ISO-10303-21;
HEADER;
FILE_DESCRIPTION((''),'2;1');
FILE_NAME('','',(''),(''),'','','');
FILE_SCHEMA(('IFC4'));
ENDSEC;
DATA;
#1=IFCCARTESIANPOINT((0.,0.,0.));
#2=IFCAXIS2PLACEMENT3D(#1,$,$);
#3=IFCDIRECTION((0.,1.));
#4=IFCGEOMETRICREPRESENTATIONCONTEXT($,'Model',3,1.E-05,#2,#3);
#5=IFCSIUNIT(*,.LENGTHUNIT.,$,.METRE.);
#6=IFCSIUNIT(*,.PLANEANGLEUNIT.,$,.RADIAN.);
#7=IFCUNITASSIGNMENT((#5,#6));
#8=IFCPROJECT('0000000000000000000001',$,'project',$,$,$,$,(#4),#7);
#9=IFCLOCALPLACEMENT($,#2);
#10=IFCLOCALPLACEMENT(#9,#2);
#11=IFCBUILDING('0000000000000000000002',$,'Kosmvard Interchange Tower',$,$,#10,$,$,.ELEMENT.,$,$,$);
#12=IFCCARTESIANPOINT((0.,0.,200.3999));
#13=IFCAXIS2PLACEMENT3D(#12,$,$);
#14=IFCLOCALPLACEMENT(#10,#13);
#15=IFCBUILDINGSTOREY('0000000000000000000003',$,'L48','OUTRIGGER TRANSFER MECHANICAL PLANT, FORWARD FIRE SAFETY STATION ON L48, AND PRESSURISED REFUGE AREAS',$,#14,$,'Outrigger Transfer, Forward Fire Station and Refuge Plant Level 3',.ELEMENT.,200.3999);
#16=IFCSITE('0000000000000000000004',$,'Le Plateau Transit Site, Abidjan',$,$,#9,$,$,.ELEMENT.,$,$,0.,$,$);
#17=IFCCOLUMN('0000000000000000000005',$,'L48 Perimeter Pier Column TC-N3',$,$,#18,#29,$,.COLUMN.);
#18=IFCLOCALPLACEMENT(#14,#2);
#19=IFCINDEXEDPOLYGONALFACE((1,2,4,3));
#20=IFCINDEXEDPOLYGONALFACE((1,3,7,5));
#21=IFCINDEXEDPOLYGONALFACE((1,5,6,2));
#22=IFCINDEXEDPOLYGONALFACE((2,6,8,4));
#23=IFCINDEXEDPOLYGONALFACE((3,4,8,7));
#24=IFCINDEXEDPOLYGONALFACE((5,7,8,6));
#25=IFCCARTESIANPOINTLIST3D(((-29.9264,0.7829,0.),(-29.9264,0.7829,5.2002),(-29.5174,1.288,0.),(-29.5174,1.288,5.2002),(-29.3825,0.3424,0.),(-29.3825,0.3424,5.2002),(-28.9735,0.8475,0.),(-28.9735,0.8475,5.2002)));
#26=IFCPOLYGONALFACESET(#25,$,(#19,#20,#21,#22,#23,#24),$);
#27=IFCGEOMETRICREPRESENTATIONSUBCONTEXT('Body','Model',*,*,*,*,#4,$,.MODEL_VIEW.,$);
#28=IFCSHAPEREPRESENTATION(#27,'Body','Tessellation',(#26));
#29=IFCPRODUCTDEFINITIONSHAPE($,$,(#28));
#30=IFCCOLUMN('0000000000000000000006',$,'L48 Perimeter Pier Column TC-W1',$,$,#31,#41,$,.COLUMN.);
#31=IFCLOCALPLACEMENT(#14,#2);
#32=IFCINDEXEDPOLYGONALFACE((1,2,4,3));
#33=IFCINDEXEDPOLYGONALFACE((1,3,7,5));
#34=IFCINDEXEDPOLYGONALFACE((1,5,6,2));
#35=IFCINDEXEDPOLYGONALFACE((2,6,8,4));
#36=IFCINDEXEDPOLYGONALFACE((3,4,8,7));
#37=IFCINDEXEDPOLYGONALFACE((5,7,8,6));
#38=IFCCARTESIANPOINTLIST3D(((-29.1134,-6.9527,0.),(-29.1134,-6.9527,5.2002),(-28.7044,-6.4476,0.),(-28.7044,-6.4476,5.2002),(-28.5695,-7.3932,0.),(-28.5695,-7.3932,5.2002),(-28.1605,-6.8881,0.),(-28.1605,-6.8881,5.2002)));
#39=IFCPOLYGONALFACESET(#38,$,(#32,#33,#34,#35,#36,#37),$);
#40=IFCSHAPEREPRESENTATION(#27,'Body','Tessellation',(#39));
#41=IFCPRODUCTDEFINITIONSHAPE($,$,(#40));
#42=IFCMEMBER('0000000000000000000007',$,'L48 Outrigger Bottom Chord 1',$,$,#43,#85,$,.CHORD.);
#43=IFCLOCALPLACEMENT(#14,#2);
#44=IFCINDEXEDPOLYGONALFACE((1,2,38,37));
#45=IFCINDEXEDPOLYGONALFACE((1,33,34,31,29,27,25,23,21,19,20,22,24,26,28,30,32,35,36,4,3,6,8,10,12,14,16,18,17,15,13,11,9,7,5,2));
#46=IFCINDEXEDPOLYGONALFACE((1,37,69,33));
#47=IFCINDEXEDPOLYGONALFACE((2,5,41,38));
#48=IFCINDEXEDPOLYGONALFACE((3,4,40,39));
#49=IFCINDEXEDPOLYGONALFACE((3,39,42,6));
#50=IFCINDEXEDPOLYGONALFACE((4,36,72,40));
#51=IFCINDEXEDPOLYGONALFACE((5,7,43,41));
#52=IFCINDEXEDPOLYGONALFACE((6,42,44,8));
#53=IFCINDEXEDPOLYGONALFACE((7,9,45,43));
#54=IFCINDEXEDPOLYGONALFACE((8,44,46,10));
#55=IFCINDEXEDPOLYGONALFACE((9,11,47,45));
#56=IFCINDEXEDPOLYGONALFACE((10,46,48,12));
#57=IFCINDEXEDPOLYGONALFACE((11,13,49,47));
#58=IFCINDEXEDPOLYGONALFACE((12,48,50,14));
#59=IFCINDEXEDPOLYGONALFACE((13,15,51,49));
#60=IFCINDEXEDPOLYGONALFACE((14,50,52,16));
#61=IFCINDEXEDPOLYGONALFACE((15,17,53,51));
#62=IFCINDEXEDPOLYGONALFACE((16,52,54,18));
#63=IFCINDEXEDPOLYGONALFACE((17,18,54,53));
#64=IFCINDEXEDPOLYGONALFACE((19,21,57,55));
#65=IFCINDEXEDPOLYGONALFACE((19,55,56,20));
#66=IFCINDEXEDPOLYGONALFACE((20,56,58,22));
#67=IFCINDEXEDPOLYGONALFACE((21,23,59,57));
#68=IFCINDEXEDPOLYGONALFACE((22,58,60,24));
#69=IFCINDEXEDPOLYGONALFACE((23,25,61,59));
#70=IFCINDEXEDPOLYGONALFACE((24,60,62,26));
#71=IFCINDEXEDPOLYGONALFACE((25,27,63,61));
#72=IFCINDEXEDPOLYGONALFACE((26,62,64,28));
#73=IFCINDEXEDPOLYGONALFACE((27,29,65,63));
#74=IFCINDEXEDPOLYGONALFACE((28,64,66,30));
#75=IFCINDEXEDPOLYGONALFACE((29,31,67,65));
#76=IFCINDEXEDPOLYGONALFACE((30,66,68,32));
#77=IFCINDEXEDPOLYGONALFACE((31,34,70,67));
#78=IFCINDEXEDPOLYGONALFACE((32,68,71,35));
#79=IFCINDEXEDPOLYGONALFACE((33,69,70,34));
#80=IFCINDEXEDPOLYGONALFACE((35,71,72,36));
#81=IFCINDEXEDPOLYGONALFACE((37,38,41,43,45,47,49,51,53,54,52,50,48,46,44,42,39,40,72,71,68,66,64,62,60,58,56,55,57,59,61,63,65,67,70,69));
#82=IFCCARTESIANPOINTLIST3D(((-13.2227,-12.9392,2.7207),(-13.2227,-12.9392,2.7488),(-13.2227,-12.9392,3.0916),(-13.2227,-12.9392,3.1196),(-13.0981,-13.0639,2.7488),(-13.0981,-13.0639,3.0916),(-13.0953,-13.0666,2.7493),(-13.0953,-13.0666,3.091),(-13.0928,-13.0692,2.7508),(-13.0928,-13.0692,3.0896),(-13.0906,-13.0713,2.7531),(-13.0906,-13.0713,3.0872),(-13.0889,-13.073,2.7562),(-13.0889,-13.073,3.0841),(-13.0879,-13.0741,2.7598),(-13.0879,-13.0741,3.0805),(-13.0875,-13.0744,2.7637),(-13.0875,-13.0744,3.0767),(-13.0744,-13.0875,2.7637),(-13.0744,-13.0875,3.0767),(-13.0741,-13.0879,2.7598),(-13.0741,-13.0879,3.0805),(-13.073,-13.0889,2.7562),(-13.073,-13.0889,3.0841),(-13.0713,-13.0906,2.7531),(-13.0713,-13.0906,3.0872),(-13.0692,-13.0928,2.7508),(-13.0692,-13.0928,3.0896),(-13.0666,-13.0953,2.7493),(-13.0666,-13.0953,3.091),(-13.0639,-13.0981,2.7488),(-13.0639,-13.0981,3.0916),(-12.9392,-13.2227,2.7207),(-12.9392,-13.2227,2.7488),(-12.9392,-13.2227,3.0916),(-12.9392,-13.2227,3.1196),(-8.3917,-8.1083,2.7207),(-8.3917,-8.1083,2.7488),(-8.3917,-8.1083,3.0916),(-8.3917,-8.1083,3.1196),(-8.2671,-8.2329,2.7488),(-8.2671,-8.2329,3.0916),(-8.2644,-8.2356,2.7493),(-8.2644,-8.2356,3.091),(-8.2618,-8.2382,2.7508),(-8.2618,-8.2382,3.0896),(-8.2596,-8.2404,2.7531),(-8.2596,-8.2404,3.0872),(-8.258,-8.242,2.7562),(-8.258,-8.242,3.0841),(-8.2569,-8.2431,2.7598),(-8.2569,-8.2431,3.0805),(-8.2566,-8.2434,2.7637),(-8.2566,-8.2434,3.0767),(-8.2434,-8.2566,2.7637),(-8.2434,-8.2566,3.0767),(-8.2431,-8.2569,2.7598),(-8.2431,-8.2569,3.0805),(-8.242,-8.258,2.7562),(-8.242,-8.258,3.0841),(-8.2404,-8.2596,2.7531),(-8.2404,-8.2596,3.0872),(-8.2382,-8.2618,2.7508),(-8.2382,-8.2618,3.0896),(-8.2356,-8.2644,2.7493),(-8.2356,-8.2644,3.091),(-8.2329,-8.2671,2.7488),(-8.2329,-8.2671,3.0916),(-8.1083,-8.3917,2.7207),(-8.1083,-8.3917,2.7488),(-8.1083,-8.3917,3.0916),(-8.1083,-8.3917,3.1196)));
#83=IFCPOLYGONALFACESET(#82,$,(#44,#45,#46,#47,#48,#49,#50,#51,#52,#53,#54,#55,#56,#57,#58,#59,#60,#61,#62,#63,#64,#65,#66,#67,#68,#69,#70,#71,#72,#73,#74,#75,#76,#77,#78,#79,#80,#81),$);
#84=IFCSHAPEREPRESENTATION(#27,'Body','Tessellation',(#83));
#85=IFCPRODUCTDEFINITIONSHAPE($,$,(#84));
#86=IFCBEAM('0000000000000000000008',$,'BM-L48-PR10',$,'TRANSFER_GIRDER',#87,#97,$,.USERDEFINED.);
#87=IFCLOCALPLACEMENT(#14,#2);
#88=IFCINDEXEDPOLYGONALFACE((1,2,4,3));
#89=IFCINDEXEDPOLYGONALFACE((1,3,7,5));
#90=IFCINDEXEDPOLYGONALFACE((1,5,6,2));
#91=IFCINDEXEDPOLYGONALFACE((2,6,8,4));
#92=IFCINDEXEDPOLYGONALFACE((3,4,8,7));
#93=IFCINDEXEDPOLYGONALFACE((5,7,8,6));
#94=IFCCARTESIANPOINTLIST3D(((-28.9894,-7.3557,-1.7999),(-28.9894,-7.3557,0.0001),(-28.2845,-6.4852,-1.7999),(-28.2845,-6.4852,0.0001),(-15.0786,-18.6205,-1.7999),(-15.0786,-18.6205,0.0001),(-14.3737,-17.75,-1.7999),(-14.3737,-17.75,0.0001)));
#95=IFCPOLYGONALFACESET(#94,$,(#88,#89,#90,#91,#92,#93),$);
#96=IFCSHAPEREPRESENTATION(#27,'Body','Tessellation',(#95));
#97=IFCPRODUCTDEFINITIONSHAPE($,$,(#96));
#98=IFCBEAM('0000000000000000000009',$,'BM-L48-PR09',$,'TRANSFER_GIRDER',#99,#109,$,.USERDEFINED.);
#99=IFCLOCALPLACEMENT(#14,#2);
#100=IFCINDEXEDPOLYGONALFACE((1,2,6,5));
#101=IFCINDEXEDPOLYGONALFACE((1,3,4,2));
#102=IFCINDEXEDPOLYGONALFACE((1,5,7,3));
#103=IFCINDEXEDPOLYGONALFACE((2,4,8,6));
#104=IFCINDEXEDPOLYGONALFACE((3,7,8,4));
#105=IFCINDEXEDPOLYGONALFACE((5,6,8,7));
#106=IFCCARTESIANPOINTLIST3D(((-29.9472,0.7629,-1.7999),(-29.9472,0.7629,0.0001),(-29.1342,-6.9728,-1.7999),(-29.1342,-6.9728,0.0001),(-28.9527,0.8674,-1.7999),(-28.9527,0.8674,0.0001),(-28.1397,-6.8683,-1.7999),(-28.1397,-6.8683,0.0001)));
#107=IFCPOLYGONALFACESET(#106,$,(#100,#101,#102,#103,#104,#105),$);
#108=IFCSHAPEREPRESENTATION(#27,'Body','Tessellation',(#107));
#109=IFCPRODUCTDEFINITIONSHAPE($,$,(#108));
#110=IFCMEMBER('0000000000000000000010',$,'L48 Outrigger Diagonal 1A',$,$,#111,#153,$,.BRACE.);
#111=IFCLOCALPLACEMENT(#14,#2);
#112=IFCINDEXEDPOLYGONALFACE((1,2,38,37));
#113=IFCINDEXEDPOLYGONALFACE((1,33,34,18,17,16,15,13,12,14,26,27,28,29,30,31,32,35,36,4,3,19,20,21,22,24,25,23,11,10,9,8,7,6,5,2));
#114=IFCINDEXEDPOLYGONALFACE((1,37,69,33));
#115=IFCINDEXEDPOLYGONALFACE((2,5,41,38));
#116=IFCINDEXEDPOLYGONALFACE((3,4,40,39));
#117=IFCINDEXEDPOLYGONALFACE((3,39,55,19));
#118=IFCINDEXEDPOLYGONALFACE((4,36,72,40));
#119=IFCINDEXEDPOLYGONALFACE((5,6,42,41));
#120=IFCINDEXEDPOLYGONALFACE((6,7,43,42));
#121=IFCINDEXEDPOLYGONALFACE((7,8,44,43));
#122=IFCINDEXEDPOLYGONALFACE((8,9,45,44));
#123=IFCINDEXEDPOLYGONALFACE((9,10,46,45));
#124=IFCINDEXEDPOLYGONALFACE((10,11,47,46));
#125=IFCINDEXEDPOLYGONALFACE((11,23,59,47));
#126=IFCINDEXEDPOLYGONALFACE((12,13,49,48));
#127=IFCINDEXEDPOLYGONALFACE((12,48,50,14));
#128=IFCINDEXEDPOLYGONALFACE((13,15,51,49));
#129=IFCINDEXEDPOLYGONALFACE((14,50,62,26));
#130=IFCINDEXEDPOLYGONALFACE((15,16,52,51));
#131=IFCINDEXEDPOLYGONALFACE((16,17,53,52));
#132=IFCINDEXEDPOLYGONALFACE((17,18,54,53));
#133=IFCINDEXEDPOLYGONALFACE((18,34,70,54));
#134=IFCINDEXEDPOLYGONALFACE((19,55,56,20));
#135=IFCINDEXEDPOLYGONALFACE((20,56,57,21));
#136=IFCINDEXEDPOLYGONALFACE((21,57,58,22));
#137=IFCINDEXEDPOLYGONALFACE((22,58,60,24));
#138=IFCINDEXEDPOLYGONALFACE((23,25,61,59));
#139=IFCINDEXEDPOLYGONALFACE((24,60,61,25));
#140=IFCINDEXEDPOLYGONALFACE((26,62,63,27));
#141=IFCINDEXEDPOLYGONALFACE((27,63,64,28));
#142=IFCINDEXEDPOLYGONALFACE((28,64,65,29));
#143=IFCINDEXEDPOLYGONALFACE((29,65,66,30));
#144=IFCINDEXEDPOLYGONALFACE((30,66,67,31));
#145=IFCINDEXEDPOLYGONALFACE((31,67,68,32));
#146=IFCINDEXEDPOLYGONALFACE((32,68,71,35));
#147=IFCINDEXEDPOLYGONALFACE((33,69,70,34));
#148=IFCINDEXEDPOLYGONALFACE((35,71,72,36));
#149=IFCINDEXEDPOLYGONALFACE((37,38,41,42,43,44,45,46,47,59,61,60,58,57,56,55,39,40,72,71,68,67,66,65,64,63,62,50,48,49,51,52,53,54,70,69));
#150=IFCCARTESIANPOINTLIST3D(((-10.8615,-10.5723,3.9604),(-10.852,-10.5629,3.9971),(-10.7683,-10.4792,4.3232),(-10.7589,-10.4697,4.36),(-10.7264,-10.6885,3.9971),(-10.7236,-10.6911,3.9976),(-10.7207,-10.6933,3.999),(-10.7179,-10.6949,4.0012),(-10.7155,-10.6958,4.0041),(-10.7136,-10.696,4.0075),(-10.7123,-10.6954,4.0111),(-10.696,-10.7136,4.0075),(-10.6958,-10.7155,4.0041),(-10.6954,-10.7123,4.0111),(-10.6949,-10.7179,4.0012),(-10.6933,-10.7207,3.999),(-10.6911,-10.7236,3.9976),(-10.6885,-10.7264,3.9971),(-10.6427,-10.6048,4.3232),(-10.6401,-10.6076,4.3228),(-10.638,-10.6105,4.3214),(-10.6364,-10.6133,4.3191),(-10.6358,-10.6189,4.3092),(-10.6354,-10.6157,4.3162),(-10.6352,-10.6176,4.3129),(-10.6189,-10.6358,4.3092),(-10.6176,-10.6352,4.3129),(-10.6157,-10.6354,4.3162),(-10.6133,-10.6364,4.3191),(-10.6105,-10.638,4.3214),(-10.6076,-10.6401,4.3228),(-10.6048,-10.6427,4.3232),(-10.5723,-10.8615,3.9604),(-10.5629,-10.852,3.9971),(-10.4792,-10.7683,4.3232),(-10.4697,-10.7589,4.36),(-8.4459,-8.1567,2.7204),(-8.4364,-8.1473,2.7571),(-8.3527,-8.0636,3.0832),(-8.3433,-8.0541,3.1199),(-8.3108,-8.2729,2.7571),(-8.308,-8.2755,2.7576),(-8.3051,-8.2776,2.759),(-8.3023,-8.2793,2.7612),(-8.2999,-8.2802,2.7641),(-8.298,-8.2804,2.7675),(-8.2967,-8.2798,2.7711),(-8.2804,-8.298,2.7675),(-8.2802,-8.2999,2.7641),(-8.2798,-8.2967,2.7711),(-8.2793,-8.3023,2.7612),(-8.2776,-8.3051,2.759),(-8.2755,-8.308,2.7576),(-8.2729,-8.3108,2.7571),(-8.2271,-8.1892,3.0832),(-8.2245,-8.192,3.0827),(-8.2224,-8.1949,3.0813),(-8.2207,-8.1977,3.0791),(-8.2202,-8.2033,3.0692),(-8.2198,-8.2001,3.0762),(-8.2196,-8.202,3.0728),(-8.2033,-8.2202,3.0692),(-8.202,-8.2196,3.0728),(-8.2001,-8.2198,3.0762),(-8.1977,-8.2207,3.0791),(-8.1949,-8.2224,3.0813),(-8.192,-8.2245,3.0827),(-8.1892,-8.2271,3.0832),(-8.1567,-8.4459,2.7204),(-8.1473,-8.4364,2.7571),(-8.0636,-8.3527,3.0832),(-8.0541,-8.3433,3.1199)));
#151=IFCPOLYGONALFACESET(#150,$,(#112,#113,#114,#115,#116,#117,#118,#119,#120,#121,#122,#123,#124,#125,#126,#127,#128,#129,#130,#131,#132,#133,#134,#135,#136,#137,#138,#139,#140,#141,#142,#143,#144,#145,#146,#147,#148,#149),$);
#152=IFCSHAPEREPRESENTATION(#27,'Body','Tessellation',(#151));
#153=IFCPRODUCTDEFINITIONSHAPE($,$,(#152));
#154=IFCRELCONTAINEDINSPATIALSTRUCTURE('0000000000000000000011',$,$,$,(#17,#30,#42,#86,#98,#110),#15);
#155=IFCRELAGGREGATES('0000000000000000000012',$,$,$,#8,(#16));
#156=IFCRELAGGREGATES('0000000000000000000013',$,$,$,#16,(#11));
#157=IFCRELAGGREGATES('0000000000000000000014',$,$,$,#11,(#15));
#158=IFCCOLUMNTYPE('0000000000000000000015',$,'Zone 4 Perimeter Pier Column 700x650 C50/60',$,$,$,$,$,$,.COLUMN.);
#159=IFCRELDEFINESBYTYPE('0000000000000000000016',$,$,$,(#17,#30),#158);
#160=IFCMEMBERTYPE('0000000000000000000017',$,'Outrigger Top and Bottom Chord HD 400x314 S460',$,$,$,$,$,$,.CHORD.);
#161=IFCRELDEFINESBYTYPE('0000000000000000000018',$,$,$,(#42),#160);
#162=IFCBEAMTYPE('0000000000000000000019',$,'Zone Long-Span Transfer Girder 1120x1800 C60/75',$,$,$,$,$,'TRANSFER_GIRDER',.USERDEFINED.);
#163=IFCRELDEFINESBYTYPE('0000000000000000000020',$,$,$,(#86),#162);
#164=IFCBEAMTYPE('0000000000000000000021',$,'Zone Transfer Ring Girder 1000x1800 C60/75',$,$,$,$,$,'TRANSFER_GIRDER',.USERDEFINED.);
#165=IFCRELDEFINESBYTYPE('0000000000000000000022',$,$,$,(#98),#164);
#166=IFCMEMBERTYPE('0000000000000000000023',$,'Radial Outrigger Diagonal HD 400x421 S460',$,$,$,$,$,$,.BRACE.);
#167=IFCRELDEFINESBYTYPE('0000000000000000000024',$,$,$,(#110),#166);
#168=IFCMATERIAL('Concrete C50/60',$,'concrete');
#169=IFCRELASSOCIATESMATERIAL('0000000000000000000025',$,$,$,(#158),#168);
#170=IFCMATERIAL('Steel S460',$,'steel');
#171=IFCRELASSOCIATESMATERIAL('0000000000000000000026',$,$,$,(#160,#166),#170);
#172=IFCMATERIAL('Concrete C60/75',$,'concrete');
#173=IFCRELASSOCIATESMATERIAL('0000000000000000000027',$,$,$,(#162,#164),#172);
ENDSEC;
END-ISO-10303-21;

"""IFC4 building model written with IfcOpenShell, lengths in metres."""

from ifc_helpers import new_model, si_unit, direction, frame, origin, origin_2d, place, context, subcontext, project, spatial, rectangle, i_section, extrude, source, transform, mapped, material, material_profile, profile_set, type_object, element, save


model = new_model("IFC4")

# Units and contexts
model_context = context("Model", 3, precision=1e-05, world=origin(), true_north=direction((0.0, 1.0)))
body_context = subcontext(model_context, "Body", "Model", "MODEL_VIEW")
ifc_project = project(units=[si_unit("LENGTHUNIT", "METRE"), si_unit("PLANEANGLEUNIT", "RADIAN")], contexts=[model_context])

# Site, building, storey
site_placement = place(None, origin())
site = spatial("IfcSite", under=ifc_project, at=site_placement, Name="Le Plateau Transit Site, Abidjan", CompositionType="ELEMENT", RefElevation=0.0)
building_placement = place(site_placement, origin())
building = spatial("IfcBuilding", under=site, at=building_placement, Name="Kosmvard Interchange Tower", CompositionType="ELEMENT")
storey_placement = place(building_placement, frame((0.0, 0.0, 200.3999)))
storey = spatial("IfcBuildingStorey", under=building, at=storey_placement, Name="L48", Description="OUTRIGGER TRANSFER MECHANICAL PLANT, FORWARD FIRE SAFETY STATION ON L48, AND PRESSURISED REFUGE AREAS", LongName="Outrigger Transfer, Forward Fire Station and Refuge Plant Level 3", CompositionType="ELEMENT", Elevation=200.3999)

# Columns
ifc_material_1 = material(Name="Concrete C50/60", Category="concrete")
ifc_material_profile_1 = material_profile(ifc_material_1, rectangle(XDim=0.6499, YDim=0.7, at=origin_2d()), Name="TC 700x650")
ifc_profile_set_1 = profile_set([ifc_material_profile_1], Name="Concrete C50/60")
column_type = type_object("IfcColumnType", Name="Zone 4 Perimeter Pier Column 700x650 C50/60", PredefinedType="COLUMN", material=ifc_profile_set_1)
shared_shape_1 = source(origin(), body_context, "Body", "SweptSolid", [
    extrude(rectangle(XDim=0.6499, YDim=0.7, at=origin_2d()), origin(), (0.0, 0.0, 1.0), 5.2002),
])
for number, where, z_axis, x_axis, name in (
    (1, (-29.45, 0.8152, 0.0), (0.0, 0.0, 1.0), (0.62932, 0.777146, 0.0), "L48 Perimeter Pier Column TC-N3"),
    (2, (-28.637, -6.9204, 0.0), (0.0, 0.0, 1.0), (0.62932, 0.777146, 0.0), "L48 Perimeter Pier Column TC-W1"),
):
    element("IfcColumn", number, at=place(storey_placement, frame(where, z_axis=z_axis, x_axis=x_axis)), inside=storey, type_object=column_type, Name=name, PredefinedType="COLUMN", context=body_context, shape_type="MappedRepresentation", body=[
        mapped(shared_shape_1, transform((0.0, 0.0, 0.0), scale=1.0)),
    ])

# Member
ifc_material_2 = material(Name="Steel S460", Category="steel")
ifc_material_profile_2 = material_profile(ifc_material_2, i_section(OverallWidth=0.4009, OverallDepth=0.3989, WebThickness=0.0186, FlangeThickness=0.0281, FilletRadius=0.0149, at=origin_2d()), Name="HD 400x314")
ifc_profile_set_2 = profile_set([ifc_material_profile_2], Name="Steel S460")
member_type_1 = type_object("IfcMemberType", Name="Outrigger Top and Bottom Chord HD 400x314 S460", PredefinedType="CHORD", material=ifc_profile_set_2)
shared_shape_2 = source(origin(), body_context, "Body", "SweptSolid", [
    extrude(i_section(OverallWidth=0.4009, OverallDepth=0.3989, WebThickness=0.0186, FlangeThickness=0.0281, FilletRadius=0.0149, at=origin_2d()), origin(), (0.0, 0.0, 1.0), 6.832),
])
member_1_placement = place(storey_placement, frame((-8.25, -8.25, 2.9202), z_axis=(-0.707107, -0.707107, 0.0), x_axis=(0.707107, -0.707107, 0.0)))
element("IfcMember", 3, at=member_1_placement, inside=storey, type_object=member_type_1, Name="L48 Outrigger Bottom Chord 1", PredefinedType="CHORD", context=body_context, shape_type="MappedRepresentation", body=[
    mapped(shared_shape_2, transform((0.0, 0.0, 0.0), scale=1.0)),
])

# Beams
ifc_material_3 = material(Name="Concrete C60/75", Category="concrete")
ifc_material_profile_3 = material_profile(ifc_material_3, rectangle(XDim=1.1201, YDim=1.8, at=origin_2d()), Name="TG 1120x1800")
ifc_profile_set_3 = profile_set([ifc_material_profile_3], Name="Concrete C60/75")
beam_type_1 = type_object("IfcBeamType", Name="Zone Long-Span Transfer Girder 1120x1800 C60/75", ElementType="TRANSFER_GIRDER", PredefinedType="USERDEFINED", material=ifc_profile_set_3)
shared_shape_3 = source(origin(), body_context, "Body", "SweptSolid", [
    extrude(rectangle(XDim=1.1201, YDim=1.8, at=origin_2d()), origin(), (0.0, 0.0, 1.0), 17.8999),
])
beam_1_placement = place(storey_placement, frame((-28.637, -6.9204, -0.8999), z_axis=(0.777144, -0.629323, 0.0), x_axis=(0.629323, 0.777144, 0.0)))
element("IfcBeam", 4, at=beam_1_placement, inside=storey, type_object=beam_type_1, Name="BM-L48-PR10", ObjectType="TRANSFER_GIRDER", PredefinedType="USERDEFINED", context=body_context, shape_type="MappedRepresentation", body=[
    mapped(shared_shape_3, transform((0.0, 0.0, 0.0), scale=1.0)),
])
ifc_material_profile_4 = material_profile(ifc_material_3, rectangle(XDim=1.0, YDim=1.8, at=origin_2d()), Name="TG 1000x1800")
ifc_profile_set_4 = profile_set([ifc_material_profile_4], Name="Concrete C60/75")
beam_type_2 = type_object("IfcBeamType", Name="Zone Transfer Ring Girder 1000x1800 C60/75", ElementType="TRANSFER_GIRDER", PredefinedType="USERDEFINED", material=ifc_profile_set_4)
shared_shape_4 = source(origin(), body_context, "Body", "SweptSolid", [
    extrude(rectangle(XDim=1.0, YDim=1.8, at=origin_2d()), origin(), (0.0, 0.0, 1.0), 7.7783),
])
beam_2_placement = place(storey_placement, frame((-29.45, 0.8152, -0.8999), z_axis=(0.104521, -0.994523, 0.0), x_axis=(0.994523, 0.104521, 0.0)))
element("IfcBeam", 5, at=beam_2_placement, inside=storey, type_object=beam_type_2, Name="BM-L48-PR09", ObjectType="TRANSFER_GIRDER", PredefinedType="USERDEFINED", context=body_context, shape_type="MappedRepresentation", body=[
    mapped(shared_shape_4, transform((0.0, 0.0, 0.0), scale=1.0)),
])

# Member
ifc_material_profile_5 = material_profile(ifc_material_2, i_section(OverallWidth=0.4089, OverallDepth=0.425, WebThickness=0.0239, FlangeThickness=0.0391, FilletRadius=0.0149, at=origin_2d()), Name="HD 400x421")
ifc_profile_set_5 = profile_set([ifc_material_profile_5], Name="Steel S460")
member_type_2 = type_object("IfcMemberType", Name="Radial Outrigger Diagonal HD 400x421 S460", PredefinedType="BRACE", material=ifc_profile_set_5)
shared_shape_5 = source(origin(), body_context, "Body", "SweptSolid", [
    extrude(i_section(OverallWidth=0.4089, OverallDepth=0.425, WebThickness=0.0239, FlangeThickness=0.0391, FilletRadius=0.0149, at=origin_2d()), origin(), (0.0, 0.0, 1.0), 3.6343),
])
member_2_placement = place(storey_placement, frame((-8.25, -8.25, 2.9202), z_axis=(-0.664673, -0.664673, 0.341204), x_axis=(0.707107, -0.707107, 0.0)))
element("IfcMember", 6, at=member_2_placement, inside=storey, type_object=member_type_2, Name="L48 Outrigger Diagonal 1A", PredefinedType="BRACE", context=body_context, shape_type="MappedRepresentation", body=[
    mapped(shared_shape_5, transform((0.0, 0.0, 0.0), scale=1.0)),
])

save(model, "model.ifc")
